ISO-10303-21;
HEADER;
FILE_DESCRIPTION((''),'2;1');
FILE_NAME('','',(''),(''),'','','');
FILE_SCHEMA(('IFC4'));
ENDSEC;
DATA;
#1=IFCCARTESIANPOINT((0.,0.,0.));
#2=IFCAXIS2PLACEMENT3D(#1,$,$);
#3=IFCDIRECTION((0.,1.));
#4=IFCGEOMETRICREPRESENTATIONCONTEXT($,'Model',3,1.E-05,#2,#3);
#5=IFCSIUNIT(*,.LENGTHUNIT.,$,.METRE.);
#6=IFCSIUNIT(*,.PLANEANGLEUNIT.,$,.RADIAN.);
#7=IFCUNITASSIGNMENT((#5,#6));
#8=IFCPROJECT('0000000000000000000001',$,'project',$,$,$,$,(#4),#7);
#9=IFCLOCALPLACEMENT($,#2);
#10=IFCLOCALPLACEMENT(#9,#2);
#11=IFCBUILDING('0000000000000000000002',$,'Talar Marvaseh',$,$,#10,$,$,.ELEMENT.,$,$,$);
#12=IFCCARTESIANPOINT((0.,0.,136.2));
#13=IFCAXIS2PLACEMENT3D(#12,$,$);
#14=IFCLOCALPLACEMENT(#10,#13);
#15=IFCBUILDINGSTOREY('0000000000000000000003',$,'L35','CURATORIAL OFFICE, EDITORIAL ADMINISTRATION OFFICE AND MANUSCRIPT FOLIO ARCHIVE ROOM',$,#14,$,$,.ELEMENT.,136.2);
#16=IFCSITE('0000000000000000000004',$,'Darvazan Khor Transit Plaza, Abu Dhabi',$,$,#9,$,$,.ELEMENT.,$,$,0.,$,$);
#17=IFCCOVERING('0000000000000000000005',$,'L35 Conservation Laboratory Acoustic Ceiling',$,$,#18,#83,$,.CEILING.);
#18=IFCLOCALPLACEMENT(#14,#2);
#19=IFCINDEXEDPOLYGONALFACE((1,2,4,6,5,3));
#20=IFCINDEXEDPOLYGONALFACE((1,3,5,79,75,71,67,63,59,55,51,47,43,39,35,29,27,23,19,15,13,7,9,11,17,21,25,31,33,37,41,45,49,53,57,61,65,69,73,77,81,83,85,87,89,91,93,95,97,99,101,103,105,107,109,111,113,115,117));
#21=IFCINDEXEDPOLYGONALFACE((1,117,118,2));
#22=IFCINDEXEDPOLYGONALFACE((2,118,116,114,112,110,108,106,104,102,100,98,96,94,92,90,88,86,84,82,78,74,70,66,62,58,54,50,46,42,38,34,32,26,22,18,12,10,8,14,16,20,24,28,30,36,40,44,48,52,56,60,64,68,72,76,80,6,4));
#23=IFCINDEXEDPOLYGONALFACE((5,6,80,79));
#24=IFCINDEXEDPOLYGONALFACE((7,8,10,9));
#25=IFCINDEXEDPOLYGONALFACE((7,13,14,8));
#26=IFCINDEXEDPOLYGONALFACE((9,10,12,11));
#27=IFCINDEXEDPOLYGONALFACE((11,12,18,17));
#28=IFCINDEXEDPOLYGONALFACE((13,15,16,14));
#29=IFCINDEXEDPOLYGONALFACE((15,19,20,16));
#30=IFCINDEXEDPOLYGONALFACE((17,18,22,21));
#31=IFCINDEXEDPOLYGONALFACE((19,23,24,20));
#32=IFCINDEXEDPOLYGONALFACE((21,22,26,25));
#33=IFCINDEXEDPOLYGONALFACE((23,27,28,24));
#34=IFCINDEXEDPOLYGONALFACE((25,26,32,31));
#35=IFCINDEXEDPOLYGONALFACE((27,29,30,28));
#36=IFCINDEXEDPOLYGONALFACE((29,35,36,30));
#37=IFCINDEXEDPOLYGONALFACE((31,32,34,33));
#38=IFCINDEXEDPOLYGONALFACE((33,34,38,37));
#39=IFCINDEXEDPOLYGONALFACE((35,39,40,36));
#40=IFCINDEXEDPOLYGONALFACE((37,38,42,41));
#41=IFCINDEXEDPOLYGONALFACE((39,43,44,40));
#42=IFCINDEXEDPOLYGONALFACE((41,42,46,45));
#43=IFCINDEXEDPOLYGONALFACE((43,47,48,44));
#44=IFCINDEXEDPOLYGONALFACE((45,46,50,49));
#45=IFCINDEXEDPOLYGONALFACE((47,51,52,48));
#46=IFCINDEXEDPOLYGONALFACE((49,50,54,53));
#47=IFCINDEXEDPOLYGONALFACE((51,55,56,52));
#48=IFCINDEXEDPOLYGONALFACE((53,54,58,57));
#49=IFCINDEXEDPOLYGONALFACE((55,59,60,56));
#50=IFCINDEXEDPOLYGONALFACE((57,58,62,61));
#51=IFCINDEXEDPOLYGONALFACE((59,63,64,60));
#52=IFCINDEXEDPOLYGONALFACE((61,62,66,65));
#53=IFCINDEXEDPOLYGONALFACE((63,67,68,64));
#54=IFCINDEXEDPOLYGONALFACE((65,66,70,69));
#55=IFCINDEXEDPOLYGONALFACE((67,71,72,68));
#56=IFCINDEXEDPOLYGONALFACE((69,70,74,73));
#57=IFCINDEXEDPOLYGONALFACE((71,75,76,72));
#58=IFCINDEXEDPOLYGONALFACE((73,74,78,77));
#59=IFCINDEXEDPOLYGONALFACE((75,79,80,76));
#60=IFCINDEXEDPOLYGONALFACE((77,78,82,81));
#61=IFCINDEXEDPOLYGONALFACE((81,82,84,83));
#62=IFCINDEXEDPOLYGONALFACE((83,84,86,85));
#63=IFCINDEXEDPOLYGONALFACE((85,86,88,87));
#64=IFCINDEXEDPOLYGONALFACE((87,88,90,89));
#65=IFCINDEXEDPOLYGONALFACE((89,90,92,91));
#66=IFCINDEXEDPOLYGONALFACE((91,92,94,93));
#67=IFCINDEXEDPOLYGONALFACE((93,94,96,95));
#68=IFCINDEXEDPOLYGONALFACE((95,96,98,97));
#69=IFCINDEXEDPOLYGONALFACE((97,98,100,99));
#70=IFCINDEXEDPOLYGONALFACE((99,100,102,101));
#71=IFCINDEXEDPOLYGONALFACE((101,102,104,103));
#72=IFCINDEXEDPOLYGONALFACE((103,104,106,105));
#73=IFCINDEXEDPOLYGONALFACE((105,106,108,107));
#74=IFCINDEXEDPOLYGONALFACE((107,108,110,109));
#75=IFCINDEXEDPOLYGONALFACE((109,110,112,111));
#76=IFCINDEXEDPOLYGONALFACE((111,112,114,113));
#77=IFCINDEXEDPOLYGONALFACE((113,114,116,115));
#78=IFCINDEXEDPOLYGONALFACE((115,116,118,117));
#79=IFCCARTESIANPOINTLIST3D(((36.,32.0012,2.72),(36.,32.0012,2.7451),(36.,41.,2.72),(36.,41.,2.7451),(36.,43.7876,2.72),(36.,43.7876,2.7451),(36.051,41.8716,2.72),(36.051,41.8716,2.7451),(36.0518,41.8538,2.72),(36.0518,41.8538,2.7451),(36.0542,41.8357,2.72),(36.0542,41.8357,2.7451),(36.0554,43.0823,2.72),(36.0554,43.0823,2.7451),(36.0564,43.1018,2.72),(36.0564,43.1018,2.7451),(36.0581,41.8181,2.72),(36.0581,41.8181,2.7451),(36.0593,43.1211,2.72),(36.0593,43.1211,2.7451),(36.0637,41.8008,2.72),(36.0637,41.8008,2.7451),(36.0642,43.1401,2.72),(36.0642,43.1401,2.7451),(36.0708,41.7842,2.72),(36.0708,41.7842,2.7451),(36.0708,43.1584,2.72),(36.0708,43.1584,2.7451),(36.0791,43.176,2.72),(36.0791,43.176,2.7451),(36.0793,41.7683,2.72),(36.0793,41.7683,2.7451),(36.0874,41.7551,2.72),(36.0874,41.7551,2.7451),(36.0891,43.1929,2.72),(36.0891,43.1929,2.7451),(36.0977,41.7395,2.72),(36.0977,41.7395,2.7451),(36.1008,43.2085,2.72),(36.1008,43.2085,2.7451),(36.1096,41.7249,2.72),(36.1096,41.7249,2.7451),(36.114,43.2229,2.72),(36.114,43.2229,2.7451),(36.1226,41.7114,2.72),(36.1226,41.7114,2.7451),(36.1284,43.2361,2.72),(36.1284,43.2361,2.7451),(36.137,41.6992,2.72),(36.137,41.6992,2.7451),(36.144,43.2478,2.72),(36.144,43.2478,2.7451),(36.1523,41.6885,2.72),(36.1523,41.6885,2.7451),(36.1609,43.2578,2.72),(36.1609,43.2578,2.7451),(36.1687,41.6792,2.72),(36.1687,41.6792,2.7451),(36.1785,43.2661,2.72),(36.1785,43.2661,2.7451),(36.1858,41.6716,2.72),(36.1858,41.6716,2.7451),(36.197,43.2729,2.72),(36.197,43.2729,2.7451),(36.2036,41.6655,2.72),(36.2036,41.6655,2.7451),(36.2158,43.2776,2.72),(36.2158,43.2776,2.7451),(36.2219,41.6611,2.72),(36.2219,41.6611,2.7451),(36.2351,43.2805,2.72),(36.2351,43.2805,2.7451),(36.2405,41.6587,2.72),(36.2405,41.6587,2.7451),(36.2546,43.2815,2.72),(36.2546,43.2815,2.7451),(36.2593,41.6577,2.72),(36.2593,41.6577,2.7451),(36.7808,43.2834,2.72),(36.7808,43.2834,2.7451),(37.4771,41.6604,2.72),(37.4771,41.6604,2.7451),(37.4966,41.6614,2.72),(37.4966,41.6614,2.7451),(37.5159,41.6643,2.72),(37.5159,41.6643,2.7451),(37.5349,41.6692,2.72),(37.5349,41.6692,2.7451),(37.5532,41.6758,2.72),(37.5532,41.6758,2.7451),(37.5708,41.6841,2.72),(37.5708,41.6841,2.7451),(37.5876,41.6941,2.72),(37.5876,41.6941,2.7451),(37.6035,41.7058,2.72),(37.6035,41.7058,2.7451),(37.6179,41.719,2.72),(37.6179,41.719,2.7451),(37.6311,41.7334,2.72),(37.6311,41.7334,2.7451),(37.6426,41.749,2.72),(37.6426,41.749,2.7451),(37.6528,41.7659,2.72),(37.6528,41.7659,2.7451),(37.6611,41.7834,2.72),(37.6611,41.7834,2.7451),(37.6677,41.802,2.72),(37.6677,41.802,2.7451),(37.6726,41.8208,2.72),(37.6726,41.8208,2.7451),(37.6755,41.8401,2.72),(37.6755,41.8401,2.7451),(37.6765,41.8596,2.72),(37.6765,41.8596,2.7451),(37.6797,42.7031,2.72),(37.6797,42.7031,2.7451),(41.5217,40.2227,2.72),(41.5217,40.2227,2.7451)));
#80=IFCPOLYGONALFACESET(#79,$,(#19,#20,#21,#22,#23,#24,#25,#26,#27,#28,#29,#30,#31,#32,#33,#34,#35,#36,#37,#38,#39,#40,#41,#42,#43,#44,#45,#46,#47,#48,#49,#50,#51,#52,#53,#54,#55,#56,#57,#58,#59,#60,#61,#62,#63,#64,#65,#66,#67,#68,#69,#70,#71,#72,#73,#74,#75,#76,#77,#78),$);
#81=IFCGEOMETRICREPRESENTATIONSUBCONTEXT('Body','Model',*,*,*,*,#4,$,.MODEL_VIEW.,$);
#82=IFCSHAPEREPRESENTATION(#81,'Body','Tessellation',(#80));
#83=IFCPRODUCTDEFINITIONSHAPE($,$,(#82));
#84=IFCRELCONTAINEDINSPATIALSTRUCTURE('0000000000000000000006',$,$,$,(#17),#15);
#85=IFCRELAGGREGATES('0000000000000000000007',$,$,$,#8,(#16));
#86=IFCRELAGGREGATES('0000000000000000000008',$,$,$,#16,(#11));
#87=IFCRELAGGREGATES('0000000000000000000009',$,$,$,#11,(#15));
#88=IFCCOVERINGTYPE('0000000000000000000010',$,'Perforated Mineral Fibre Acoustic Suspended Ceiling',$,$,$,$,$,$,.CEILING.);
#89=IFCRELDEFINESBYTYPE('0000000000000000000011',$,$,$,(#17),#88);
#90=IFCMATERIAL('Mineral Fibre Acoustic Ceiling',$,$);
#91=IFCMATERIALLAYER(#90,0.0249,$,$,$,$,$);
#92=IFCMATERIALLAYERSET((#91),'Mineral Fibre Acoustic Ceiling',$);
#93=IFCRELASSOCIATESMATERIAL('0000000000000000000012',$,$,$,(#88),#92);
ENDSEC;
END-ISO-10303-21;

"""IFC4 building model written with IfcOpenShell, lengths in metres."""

from ifc_helpers import new_model, si_unit, direction, frame, origin, place, context, subcontext, project, spatial, polyline, outline, extrude, material, layer, layer_set, type_object, element, save


model = new_model("IFC4")

# Units and contexts
model_context = context("Model", 3, precision=1e-05, world=origin(), true_north=direction((0.0, 1.0)))
body_context = subcontext(model_context, "Body", "Model", "MODEL_VIEW")
ifc_project = project(units=[si_unit("LENGTHUNIT", "METRE"), si_unit("PLANEANGLEUNIT", "RADIAN")], contexts=[model_context])

# Site, building, storey
site_placement = place(None, origin())
site = spatial("IfcSite", under=ifc_project, at=site_placement, Name="Darvazan Khor Transit Plaza, Abu Dhabi", CompositionType="ELEMENT", RefElevation=0.0)
building_placement = place(site_placement, origin())
building = spatial("IfcBuilding", under=site, at=building_placement, Name="Talar Marvaseh", CompositionType="ELEMENT")
storey_placement = place(building_placement, frame((0.0, 0.0, 136.2)))
storey = spatial("IfcBuildingStorey", under=building, at=storey_placement, Name="L35", Description="CURATORIAL OFFICE, EDITORIAL ADMINISTRATION OFFICE AND MANUSCRIPT FOLIO ARCHIVE ROOM", CompositionType="ELEMENT", Elevation=136.2)

# Covering
ifc_material_1 = material(Name="Mineral Fibre Acoustic Ceiling")
ifc_layer_1 = layer(ifc_material_1, 0.0249)
ifc_layer_set_1 = layer_set([ifc_layer_1], Name="Mineral Fibre Acoustic Ceiling")
covering_type_1 = type_object("IfcCoveringType", Name="Perforated Mineral Fibre Acoustic Suspended Ceiling", PredefinedType="CEILING", material=ifc_layer_set_1)
covering_1_placement = place(storey_placement, frame((0.0, 0.0, 2.72)))
element("IfcCovering", 1, at=covering_1_placement, inside=storey, type_object=covering_type_1, Name="L35 Conservation Laboratory Acoustic Ceiling", PredefinedType="CEILING", context=body_context, shape_type="SweptSolid", body=[
    extrude(outline(polyline([(36.2546, 43.2815), (36.2351, 43.2805), (36.2158, 43.2776), (36.197, 43.2729), (36.1785, 43.2661), (36.1609, 43.2578), (36.144, 43.2478), (36.1284, 43.2361), (36.114, 43.2229), (36.1008, 43.2085), (36.0891, 43.1929), (36.0791, 43.176), (36.0708, 43.1584), (36.0642, 43.1401), (36.0593, 43.1211), (36.0564, 43.1018), (36.0554, 43.0823), (36.051, 41.8716), (36.0518, 41.8538), (36.0542, 41.8357), (36.0581, 41.8181), (36.0637, 41.8008), (36.0708, 41.7842), (36.0793, 41.7683), (36.0874, 41.7551), (36.0977, 41.7395), (36.1096, 41.7249), (36.1226, 41.7114), (36.137, 41.6992), (36.1523, 41.6885), (36.1687, 41.6792), (36.1858, 41.6716), (36.2036, 41.6655), (36.2219, 41.6611), (36.2405, 41.6587), (36.2593, 41.6577), (37.4771, 41.6604), (37.4966, 41.6614), (37.5159, 41.6643), (37.5349, 41.6692), (37.5532, 41.6758), (37.5708, 41.6841), (37.5876, 41.6941), (37.6035, 41.7058), (37.6179, 41.719), (37.6311, 41.7334), (37.6426, 41.749), (37.6528, 41.7659), (37.6611, 41.7834), (37.6677, 41.802), (37.6726, 41.8208), (37.6755, 41.8401), (37.6765, 41.8596), (37.6797, 42.7031), (41.5217, 40.2227), (36.0, 32.0012), (36.0, 41.0), (36.0, 43.7876), (36.7808, 43.2834), (36.2546, 43.2815)])), origin(), (0.0, 0.0, 1.0), 0.0251),
])

save(model, "model.ifc")
